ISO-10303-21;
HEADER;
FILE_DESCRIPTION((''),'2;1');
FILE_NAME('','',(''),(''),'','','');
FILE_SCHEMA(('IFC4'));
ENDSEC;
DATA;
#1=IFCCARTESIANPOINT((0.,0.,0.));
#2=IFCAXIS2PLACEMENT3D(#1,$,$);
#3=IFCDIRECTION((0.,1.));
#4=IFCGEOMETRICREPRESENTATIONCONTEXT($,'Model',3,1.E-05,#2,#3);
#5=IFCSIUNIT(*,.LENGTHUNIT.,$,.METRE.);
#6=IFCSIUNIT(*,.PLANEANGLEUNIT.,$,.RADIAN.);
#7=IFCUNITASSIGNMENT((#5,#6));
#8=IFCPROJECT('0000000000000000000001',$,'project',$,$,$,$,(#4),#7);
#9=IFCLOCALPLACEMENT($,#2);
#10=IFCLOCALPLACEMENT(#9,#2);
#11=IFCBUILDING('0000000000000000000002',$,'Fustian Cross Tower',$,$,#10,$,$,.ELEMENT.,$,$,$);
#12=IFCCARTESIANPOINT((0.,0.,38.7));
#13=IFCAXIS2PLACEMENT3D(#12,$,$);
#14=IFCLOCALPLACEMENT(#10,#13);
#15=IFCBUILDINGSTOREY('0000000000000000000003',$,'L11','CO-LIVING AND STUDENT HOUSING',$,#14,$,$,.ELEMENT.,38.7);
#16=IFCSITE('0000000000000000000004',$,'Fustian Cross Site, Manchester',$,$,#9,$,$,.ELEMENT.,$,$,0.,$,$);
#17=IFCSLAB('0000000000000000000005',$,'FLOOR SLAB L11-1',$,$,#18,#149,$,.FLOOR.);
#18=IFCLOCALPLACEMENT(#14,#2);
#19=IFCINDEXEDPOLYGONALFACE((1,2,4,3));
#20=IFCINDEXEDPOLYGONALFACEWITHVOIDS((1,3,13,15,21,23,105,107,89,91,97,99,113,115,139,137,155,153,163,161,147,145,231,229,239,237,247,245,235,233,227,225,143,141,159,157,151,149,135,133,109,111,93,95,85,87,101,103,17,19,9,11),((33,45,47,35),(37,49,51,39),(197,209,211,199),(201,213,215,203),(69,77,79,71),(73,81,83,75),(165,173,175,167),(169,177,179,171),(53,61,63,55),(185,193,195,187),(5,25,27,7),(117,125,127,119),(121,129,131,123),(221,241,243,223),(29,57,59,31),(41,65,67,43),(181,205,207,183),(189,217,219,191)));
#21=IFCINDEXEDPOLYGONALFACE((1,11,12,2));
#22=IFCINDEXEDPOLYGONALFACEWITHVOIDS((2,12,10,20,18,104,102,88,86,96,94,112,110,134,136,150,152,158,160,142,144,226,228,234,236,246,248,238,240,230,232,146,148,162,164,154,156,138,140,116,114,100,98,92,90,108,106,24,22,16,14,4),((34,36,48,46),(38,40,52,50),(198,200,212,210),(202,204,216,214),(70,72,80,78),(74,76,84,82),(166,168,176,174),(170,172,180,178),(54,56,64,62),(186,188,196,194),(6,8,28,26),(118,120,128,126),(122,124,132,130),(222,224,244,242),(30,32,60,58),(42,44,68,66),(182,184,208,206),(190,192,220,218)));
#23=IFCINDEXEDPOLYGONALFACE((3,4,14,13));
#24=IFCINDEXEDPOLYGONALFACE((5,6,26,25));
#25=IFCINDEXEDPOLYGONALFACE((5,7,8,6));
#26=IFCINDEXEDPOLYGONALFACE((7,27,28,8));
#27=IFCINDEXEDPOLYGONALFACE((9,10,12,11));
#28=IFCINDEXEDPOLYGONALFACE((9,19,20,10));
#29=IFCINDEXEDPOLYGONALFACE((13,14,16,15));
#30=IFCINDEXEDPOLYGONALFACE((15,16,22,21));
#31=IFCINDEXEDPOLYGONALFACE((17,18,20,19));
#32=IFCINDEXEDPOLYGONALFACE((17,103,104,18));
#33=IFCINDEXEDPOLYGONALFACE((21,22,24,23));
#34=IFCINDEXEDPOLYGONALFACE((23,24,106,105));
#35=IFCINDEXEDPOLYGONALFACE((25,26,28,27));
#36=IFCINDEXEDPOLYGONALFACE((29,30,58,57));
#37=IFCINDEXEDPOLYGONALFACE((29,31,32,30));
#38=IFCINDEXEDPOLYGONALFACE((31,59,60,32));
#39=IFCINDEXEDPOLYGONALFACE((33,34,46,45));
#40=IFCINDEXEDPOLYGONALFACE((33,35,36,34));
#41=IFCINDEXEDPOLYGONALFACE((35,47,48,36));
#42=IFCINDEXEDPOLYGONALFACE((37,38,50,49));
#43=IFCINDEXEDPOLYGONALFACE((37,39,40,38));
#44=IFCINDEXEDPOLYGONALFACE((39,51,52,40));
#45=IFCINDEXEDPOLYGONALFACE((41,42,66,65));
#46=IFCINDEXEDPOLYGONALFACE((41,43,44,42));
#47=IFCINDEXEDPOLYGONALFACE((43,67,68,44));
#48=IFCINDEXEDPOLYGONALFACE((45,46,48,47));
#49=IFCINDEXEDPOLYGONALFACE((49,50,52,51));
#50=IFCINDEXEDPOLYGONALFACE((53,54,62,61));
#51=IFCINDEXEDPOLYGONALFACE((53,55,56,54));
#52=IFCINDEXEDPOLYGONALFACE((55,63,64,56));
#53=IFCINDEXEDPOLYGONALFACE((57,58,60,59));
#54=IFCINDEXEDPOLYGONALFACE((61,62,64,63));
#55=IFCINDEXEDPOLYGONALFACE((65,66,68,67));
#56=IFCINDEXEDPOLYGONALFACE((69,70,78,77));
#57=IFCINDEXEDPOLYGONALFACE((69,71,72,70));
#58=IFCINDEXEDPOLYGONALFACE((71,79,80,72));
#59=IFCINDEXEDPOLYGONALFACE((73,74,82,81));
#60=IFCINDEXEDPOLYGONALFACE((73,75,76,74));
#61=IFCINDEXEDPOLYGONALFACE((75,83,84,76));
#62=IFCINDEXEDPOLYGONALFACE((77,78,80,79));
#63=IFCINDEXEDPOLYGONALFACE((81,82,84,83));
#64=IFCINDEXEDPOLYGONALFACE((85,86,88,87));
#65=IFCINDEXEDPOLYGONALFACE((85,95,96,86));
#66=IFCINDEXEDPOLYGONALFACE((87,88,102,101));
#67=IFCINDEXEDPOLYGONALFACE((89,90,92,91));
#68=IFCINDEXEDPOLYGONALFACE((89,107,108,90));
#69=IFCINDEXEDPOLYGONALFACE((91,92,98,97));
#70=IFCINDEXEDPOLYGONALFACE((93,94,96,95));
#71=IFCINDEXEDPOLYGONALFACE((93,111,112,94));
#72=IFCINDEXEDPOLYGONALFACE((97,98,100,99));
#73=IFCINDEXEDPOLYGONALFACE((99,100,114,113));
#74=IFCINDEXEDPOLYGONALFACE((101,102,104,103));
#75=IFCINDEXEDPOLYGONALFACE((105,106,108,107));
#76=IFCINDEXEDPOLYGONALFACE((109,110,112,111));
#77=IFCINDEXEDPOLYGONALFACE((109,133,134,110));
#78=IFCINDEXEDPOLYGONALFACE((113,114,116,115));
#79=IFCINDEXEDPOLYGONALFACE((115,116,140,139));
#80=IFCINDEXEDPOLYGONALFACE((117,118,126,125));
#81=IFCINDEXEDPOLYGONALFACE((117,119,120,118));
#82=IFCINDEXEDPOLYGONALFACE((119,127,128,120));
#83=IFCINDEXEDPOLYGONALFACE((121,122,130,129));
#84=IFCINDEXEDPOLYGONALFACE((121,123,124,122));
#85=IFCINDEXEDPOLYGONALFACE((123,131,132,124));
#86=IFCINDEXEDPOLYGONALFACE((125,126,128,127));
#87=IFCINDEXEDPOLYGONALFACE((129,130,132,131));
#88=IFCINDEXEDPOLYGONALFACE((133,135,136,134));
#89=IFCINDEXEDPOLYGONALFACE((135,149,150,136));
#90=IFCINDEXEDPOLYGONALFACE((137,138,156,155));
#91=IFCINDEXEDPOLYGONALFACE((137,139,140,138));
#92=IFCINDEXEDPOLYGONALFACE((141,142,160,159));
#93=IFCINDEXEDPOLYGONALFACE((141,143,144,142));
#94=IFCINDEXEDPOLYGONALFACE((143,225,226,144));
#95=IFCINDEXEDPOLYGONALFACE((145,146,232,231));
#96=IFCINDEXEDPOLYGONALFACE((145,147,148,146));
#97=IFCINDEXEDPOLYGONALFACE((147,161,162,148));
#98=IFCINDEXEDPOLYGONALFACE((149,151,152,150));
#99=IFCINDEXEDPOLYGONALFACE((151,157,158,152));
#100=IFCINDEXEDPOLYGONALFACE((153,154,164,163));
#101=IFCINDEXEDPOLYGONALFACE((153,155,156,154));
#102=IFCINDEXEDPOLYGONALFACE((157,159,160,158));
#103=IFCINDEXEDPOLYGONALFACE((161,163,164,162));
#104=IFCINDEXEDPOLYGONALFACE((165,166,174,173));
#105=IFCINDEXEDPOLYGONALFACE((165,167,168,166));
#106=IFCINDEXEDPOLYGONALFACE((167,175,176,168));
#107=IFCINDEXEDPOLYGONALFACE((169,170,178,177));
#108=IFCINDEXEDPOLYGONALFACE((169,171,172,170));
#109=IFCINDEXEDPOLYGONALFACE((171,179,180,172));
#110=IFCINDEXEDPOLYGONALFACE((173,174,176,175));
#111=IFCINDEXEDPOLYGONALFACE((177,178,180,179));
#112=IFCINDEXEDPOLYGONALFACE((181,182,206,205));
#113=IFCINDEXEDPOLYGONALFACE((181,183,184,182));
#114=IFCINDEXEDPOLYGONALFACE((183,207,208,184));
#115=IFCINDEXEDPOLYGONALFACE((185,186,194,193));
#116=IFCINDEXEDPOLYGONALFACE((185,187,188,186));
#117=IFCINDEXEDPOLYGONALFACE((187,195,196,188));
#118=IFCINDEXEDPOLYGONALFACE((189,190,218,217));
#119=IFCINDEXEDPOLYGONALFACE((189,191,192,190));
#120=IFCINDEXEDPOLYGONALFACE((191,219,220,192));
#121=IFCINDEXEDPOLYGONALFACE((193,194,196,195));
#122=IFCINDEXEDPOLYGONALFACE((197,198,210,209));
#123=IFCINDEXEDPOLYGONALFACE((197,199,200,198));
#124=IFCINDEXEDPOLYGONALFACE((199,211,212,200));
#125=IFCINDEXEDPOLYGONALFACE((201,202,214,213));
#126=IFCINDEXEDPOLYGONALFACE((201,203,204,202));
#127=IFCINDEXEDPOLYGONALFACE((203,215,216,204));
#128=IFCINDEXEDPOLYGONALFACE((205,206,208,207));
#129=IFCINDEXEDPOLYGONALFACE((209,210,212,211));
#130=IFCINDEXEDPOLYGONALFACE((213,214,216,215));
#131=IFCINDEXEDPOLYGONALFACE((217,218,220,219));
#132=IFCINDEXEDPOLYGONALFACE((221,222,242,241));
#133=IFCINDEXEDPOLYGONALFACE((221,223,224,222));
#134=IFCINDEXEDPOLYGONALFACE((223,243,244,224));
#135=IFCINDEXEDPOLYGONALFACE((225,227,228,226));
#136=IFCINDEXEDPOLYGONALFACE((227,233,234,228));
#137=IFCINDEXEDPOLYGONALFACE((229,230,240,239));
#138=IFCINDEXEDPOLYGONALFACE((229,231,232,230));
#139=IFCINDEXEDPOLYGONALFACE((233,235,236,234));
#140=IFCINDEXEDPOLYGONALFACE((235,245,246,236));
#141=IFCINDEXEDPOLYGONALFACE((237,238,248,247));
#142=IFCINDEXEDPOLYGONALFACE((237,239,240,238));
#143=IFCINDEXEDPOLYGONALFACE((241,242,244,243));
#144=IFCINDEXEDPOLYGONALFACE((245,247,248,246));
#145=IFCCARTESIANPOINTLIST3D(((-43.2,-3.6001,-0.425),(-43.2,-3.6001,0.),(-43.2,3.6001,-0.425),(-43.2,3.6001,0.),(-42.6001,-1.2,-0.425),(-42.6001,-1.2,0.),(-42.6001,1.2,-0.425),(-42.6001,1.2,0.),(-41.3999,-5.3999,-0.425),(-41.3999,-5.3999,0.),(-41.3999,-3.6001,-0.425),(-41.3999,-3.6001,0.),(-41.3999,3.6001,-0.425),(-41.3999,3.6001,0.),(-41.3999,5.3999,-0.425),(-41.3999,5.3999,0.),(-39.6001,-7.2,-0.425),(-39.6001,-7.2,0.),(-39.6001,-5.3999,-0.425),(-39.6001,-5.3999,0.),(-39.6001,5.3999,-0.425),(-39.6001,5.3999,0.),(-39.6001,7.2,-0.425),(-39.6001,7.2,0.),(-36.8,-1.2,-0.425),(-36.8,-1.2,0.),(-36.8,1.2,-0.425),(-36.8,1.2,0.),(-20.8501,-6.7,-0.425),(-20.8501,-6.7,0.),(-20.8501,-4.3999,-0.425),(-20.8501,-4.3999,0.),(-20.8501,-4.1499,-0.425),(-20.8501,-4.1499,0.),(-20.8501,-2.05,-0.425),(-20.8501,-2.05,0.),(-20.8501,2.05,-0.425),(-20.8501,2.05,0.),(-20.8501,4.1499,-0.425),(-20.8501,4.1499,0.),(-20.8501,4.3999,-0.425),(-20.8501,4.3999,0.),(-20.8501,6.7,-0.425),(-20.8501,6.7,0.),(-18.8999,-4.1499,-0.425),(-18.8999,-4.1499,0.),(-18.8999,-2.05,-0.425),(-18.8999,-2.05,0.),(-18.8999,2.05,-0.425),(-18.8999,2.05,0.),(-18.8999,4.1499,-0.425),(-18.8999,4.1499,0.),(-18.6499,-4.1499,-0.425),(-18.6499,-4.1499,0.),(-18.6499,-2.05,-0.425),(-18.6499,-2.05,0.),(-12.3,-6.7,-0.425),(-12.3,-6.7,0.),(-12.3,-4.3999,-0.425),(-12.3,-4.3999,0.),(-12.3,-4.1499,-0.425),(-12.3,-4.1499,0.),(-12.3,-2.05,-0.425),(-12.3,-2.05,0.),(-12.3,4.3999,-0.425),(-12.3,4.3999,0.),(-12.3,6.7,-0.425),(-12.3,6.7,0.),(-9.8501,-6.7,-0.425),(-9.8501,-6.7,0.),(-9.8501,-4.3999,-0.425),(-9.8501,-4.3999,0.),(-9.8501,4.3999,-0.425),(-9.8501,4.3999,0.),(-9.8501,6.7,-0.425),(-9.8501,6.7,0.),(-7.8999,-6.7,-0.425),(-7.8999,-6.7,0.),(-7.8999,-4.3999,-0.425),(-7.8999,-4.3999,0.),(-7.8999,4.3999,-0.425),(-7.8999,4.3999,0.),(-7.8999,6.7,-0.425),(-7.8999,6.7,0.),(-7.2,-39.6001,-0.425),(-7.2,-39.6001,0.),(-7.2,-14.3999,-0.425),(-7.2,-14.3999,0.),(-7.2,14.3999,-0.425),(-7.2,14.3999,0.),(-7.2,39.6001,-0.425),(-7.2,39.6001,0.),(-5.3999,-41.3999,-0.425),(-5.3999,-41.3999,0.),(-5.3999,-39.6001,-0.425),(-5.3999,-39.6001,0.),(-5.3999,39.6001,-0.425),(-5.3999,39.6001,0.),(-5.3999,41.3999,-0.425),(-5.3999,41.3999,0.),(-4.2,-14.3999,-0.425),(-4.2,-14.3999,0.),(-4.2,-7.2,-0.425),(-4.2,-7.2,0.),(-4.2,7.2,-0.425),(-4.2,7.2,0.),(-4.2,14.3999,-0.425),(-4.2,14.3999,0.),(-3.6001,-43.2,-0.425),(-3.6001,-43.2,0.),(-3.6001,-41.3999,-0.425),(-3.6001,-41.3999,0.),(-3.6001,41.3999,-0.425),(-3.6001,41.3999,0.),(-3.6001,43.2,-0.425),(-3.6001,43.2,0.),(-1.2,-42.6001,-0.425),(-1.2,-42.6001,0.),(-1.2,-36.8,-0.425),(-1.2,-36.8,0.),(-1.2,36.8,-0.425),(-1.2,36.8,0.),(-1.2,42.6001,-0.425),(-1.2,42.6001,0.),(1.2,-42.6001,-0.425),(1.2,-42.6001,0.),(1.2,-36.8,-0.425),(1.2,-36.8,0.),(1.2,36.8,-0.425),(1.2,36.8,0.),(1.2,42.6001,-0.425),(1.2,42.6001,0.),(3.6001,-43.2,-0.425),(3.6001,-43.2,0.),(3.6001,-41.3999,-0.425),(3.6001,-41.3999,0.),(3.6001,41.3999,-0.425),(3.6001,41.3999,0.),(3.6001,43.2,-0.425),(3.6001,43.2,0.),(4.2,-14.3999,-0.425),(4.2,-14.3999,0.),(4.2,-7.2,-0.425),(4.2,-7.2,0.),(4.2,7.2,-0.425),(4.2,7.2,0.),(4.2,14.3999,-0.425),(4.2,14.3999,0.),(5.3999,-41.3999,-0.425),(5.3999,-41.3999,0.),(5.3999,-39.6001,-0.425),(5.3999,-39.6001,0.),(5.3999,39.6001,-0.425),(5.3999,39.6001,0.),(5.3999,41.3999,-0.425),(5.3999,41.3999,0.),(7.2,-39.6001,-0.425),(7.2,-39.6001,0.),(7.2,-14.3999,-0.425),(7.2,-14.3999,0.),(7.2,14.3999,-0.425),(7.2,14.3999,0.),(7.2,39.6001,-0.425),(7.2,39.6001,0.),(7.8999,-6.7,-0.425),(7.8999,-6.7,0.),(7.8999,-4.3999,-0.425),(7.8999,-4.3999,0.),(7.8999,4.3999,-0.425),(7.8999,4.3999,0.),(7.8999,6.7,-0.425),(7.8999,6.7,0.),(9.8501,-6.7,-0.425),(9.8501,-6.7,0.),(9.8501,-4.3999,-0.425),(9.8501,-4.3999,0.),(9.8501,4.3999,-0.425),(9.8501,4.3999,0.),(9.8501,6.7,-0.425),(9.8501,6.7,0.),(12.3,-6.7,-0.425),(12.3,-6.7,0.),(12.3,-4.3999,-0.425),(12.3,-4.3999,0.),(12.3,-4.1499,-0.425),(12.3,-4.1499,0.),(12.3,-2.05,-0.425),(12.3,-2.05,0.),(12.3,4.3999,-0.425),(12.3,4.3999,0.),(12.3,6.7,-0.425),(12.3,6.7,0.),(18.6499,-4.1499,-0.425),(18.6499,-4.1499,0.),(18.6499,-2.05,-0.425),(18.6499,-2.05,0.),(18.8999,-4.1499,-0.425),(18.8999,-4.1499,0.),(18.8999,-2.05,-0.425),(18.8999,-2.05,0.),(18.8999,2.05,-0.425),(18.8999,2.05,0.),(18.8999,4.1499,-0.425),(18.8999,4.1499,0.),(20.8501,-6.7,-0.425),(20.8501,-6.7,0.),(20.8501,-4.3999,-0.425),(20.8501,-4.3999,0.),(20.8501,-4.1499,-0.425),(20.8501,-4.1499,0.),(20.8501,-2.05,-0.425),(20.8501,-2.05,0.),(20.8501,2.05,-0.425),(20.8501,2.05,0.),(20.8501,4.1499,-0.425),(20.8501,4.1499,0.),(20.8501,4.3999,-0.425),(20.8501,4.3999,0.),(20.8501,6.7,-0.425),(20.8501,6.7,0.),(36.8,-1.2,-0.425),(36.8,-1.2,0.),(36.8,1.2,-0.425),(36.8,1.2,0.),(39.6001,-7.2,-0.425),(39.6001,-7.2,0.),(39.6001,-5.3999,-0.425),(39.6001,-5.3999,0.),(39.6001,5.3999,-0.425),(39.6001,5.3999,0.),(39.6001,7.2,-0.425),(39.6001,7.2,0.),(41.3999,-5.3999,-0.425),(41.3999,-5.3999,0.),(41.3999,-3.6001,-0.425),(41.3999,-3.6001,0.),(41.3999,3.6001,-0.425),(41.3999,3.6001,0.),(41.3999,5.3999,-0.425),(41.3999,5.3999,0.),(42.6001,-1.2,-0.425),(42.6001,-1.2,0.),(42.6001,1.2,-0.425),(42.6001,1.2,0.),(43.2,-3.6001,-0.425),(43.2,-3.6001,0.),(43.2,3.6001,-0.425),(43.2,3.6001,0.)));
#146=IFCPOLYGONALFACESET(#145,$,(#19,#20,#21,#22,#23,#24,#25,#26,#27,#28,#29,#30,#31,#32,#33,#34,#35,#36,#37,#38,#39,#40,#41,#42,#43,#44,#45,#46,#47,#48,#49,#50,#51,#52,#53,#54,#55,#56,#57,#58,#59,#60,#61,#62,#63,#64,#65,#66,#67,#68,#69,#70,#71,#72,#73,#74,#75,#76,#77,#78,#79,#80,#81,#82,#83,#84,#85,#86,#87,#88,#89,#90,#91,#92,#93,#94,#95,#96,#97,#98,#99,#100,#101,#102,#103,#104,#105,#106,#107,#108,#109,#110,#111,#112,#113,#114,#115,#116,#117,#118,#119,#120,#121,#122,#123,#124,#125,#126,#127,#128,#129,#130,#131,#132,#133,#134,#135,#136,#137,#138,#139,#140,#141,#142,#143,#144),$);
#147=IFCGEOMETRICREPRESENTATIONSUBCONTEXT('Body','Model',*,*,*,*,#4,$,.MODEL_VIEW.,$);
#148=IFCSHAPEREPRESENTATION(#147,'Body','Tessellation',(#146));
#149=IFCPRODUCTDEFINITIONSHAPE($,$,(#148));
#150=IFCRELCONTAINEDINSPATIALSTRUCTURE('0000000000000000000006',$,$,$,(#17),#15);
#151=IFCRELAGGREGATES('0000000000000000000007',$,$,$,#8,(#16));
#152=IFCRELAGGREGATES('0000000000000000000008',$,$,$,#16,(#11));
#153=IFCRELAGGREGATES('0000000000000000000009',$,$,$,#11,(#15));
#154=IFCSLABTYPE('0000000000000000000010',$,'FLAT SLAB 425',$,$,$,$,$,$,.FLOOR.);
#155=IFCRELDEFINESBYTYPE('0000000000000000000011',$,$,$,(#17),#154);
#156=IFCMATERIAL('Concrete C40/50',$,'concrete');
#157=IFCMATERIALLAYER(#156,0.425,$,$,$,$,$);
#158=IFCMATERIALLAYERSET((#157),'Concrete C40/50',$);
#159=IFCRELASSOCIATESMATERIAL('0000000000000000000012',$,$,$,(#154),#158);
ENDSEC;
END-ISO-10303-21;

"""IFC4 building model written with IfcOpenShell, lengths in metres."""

from ifc_helpers import new_model, si_unit, direction, frame, origin, place, context, subcontext, project, spatial, polyline, outline, extrude, material, layer, layer_set, type_object, element, save


model = new_model("IFC4")

# Units and contexts
model_context = context("Model", 3, precision=1e-05, world=origin(), true_north=direction((0.0, 1.0)))
body_context = subcontext(model_context, "Body", "Model", "MODEL_VIEW")
ifc_project = project(units=[si_unit("LENGTHUNIT", "METRE"), si_unit("PLANEANGLEUNIT", "RADIAN")], contexts=[model_context])

# Site, building, storey
site_placement = place(None, origin())
site = spatial("IfcSite", under=ifc_project, at=site_placement, Name="Fustian Cross Site, Manchester", CompositionType="ELEMENT", RefElevation=0.0)
building_placement = place(site_placement, origin())
building = spatial("IfcBuilding", under=site, at=building_placement, Name="Fustian Cross Tower", CompositionType="ELEMENT")
storey_placement = place(building_placement, frame((0.0, 0.0, 38.7)))
storey = spatial("IfcBuildingStorey", under=building, at=storey_placement, Name="L11", Description="CO-LIVING AND STUDENT HOUSING", CompositionType="ELEMENT", Elevation=38.7)

# Slab
ifc_material_1 = material(Name="Concrete C40/50", Category="concrete")
ifc_layer_1 = layer(ifc_material_1, 0.425)
ifc_layer_set_1 = layer_set([ifc_layer_1], Name="Concrete C40/50")
slab_type_1 = type_object("IfcSlabType", Name="FLAT SLAB 425", PredefinedType="FLOOR", material=ifc_layer_set_1)
slab_1_placement = place(storey_placement, frame((0.0, 0.0, -0.425)))
element("IfcSlab", 1, at=slab_1_placement, inside=storey, type_object=slab_type_1, Name="FLOOR SLAB L11-1", PredefinedType="FLOOR", context=body_context, shape_type="SweptSolid", body=[
    extrude(outline(polyline([(-4.2, -7.2), (-39.6001, -7.2), (-39.6001, -5.3999), (-41.3999, -5.3999), (-41.3999, -3.6001), (-43.2, -3.6001), (-43.2, 3.6001), (-41.3999, 3.6001), (-41.3999, 5.3999), (-39.6001, 5.3999), (-39.6001, 7.2), (-4.2, 7.2), (-4.2, 14.3999), (-7.2, 14.3999), (-7.2, 39.6001), (-5.3999, 39.6001), (-5.3999, 41.3999), (-3.6001, 41.3999), (-3.6001, 43.2), (3.6001, 43.2), (3.6001, 41.3999), (5.3999, 41.3999), (5.3999, 39.6001), (7.2, 39.6001), (7.2, 14.3999), (4.2, 14.3999), (4.2, 7.2), (39.6001, 7.2), (39.6001, 5.3999), (41.3999, 5.3999), (41.3999, 3.6001), (43.2, 3.6001), (43.2, -3.6001), (41.3999, -3.6001), (41.3999, -5.3999), (39.6001, -5.3999), (39.6001, -7.2), (4.2, -7.2), (4.2, -14.3999), (7.2, -14.3999), (7.2, -39.6001), (5.3999, -39.6001), (5.3999, -41.3999), (3.6001, -41.3999), (3.6001, -43.2), (-3.6001, -43.2), (-3.6001, -41.3999), (-5.3999, -41.3999), (-5.3999, -39.6001), (-7.2, -39.6001), (-7.2, -14.3999), (-4.2, -14.3999), (-4.2, -7.2)]), holes=[polyline([(18.8999, -2.05), (18.8999, -4.1499), (20.8501, -4.1499), (20.8501, -2.05), (18.8999, -2.05)]), polyline([(20.8501, 4.1499), (18.8999, 4.1499), (18.8999, 2.05), (20.8501, 2.05), (20.8501, 4.1499)]), polyline([(9.8501, 4.3999), (9.8501, 6.7), (7.8999, 6.7), (7.8999, 4.3999), (9.8501, 4.3999)]), polyline([(7.8999, -6.7), (9.8501, -6.7), (9.8501, -4.3999), (7.8999, -4.3999), (7.8999, -6.7)]), polyline([(-20.8501, -2.05), (-20.8501, -4.1499), (-18.8999, -4.1499), (-18.8999, -2.05), (-20.8501, -2.05)]), polyline([(-18.8999, 4.1499), (-20.8501, 4.1499), (-20.8501, 2.05), (-18.8999, 2.05), (-18.8999, 4.1499)]), polyline([(-7.8999, 4.3999), (-7.8999, 6.7), (-9.8501, 6.7), (-9.8501, 4.3999), (-7.8999, 4.3999)]), polyline([(-9.8501, -6.7), (-7.8999, -6.7), (-7.8999, -4.3999), (-9.8501, -4.3999), (-9.8501, -6.7)]), polyline([(12.3, -2.05), (12.3, -4.1499), (18.6499, -4.1499), (18.6499, -2.05), (12.3, -2.05)]), polyline([(-12.3, -2.05), (-18.6499, -2.05), (-18.6499, -4.1499), (-12.3, -4.1499), (-12.3, -2.05)]), polyline([(20.8501, 4.3999), (20.8501, 6.7), (12.3, 6.7), (12.3, 4.3999), (20.8501, 4.3999)]), polyline([(12.3, -6.7), (20.8501, -6.7), (20.8501, -4.3999), (12.3, -4.3999), (12.3, -6.7)]), polyline([(-20.8501, 6.7), (-20.8501, 4.3999), (-12.3, 4.3999), (-12.3, 6.7), (-20.8501, 6.7)]), polyline([(-12.3, -4.3999), (-20.8501, -4.3999), (-20.8501, -6.7), (-12.3, -6.7), (-12.3, -4.3999)]), polyline([(1.2, 36.8), (1.2, 42.6001), (-1.2, 42.6001), (-1.2, 36.8), (1.2, 36.8)]), polyline([(-1.2, -42.6001), (1.2, -42.6001), (1.2, -36.8), (-1.2, -36.8), (-1.2, -42.6001)]), polyline([(36.8, 1.2), (36.8, -1.2), (42.6001, -1.2), (42.6001, 1.2), (36.8, 1.2)]), polyline([(-36.8, 1.2), (-42.6001, 1.2), (-42.6001, -1.2), (-36.8, -1.2), (-36.8, 1.2)])]), origin(), (0.0, 0.0, 1.0), 0.425),
])

save(model, "model.ifc")
